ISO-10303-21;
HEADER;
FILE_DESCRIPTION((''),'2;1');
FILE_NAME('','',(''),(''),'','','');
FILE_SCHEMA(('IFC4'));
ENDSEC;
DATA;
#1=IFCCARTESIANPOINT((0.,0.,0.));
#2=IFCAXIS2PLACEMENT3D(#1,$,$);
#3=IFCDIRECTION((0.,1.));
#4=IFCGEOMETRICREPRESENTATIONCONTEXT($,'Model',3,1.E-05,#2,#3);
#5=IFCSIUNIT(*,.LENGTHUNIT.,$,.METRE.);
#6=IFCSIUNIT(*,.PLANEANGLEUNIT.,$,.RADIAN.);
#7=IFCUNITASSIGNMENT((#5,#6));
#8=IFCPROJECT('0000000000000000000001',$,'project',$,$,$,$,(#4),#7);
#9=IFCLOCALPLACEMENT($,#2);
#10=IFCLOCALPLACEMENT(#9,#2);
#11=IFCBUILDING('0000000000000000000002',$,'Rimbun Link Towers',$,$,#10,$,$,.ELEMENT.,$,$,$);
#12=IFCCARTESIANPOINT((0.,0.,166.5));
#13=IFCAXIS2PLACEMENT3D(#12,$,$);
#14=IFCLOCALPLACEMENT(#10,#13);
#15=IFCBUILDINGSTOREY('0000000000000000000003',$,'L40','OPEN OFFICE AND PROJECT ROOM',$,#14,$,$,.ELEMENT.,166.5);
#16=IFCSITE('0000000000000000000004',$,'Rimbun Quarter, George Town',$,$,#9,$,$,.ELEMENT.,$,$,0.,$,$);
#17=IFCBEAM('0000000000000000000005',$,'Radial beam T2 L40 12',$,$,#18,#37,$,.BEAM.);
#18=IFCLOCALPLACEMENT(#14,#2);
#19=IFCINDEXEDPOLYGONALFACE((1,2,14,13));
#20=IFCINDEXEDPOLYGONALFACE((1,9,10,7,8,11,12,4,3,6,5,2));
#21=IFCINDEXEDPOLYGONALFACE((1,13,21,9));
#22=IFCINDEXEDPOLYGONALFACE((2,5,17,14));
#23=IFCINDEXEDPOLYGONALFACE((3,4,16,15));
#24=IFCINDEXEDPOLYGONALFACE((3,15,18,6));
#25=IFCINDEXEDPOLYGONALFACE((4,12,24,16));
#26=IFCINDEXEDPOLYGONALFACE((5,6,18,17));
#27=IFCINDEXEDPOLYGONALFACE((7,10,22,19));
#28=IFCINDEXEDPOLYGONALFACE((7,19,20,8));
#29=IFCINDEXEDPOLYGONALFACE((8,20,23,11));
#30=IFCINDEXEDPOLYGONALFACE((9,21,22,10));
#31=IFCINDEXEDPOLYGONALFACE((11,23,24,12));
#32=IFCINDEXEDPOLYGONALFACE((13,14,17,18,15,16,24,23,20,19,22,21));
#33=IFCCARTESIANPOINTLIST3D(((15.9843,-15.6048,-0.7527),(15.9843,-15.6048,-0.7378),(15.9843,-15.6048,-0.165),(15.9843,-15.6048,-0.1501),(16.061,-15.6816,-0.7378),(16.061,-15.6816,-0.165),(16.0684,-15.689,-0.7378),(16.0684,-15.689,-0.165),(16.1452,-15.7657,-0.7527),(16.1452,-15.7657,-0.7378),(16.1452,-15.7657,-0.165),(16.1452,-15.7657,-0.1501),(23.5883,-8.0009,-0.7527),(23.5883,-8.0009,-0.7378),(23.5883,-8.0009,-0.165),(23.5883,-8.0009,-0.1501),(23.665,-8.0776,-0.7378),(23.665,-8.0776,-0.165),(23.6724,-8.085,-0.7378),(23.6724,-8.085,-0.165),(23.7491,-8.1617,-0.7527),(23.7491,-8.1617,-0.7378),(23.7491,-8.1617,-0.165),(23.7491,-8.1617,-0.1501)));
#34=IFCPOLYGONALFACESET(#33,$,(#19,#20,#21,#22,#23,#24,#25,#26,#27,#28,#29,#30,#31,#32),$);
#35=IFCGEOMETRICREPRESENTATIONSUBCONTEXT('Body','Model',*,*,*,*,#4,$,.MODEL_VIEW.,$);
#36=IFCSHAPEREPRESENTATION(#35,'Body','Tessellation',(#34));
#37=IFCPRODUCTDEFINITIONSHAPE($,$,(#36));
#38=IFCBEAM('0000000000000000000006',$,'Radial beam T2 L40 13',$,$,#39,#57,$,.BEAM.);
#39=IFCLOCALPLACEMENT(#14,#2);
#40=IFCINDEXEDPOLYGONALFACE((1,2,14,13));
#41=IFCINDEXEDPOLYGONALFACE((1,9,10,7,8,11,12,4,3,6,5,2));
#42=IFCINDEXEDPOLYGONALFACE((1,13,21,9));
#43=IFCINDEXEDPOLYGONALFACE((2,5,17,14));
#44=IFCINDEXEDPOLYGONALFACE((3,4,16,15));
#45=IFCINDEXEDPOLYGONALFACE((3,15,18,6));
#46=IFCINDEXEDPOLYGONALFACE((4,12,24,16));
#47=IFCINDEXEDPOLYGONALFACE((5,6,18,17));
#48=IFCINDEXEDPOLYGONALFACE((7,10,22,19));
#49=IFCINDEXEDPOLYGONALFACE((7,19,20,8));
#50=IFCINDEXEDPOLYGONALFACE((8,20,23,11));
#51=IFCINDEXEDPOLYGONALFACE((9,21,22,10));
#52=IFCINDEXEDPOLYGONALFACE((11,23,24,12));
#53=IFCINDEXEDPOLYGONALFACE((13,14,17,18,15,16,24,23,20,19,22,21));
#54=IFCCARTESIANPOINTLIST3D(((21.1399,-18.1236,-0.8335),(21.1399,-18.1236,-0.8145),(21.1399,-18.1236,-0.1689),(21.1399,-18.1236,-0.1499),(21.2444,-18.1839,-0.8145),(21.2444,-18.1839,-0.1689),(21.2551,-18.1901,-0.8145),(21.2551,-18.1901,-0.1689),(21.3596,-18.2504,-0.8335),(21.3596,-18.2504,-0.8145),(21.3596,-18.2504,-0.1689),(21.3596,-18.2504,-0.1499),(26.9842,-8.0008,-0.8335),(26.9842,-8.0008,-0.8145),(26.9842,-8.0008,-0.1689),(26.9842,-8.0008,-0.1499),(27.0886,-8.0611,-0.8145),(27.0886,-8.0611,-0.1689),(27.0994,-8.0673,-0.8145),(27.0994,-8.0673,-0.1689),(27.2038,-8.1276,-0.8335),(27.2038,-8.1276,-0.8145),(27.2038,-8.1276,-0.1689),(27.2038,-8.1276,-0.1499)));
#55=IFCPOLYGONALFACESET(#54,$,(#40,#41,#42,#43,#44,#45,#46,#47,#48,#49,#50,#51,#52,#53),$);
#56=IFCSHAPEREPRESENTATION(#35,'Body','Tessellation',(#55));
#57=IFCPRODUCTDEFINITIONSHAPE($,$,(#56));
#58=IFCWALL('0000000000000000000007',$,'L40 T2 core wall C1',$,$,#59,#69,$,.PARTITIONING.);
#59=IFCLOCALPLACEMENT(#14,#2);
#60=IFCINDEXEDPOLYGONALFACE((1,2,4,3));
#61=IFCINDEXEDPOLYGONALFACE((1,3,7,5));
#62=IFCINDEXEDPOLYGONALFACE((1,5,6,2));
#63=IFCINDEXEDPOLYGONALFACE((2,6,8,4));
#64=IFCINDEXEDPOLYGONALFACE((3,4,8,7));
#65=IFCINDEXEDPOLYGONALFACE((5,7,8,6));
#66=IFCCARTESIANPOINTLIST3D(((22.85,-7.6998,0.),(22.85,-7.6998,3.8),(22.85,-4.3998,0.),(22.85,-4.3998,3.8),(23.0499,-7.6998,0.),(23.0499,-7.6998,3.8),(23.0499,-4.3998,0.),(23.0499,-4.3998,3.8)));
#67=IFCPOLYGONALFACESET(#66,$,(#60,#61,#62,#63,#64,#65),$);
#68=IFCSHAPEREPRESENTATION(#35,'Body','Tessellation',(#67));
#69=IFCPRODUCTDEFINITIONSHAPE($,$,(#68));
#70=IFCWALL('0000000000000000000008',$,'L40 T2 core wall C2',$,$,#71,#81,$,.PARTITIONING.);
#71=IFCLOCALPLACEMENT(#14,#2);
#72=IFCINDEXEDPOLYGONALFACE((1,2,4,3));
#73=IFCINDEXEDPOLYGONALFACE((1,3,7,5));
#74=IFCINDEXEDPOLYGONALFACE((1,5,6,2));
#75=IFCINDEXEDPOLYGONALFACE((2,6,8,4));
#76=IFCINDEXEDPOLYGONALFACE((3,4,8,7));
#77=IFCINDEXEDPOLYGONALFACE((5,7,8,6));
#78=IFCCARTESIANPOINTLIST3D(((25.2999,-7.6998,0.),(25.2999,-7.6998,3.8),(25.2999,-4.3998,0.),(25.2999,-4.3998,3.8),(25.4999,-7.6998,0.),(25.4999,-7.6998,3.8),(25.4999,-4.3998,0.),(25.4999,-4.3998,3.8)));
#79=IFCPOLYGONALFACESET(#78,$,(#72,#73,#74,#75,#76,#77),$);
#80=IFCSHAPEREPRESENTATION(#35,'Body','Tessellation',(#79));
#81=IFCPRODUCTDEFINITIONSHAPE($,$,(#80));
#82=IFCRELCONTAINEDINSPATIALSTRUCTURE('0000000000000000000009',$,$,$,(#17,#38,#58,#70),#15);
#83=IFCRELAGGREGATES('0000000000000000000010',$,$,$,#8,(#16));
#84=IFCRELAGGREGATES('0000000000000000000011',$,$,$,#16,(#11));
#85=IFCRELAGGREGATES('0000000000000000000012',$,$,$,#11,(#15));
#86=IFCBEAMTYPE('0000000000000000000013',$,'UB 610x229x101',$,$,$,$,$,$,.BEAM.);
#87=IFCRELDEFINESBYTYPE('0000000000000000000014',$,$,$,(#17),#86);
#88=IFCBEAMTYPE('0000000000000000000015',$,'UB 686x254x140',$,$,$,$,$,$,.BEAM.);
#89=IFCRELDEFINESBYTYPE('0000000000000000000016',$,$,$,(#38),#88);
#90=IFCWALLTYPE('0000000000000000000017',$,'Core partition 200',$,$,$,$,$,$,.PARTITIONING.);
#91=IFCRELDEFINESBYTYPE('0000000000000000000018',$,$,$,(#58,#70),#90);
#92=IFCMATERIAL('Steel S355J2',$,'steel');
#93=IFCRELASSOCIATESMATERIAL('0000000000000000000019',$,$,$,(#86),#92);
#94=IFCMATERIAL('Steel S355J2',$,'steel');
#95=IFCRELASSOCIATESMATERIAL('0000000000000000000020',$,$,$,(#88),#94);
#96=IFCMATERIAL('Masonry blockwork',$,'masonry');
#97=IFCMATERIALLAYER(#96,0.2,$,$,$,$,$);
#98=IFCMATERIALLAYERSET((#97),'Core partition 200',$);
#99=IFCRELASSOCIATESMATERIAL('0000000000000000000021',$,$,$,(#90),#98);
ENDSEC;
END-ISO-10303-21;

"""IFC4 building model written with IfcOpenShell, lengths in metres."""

from ifc_helpers import new_model, si_unit, direction, frame, frame_2d, origin, origin_2d, place, context, subcontext, project, spatial, rectangle, i_section, extrude, material, layer, layer_set, material_profile, profile_set, type_object, element, save


model = new_model("IFC4")

# Units and contexts
model_context = context("Model", 3, precision=1e-05, world=origin(), true_north=direction((0.0, 1.0)))
body_context = subcontext(model_context, "Body", "Model", "MODEL_VIEW")
ifc_project = project(units=[si_unit("LENGTHUNIT", "METRE"), si_unit("PLANEANGLEUNIT", "RADIAN")], contexts=[model_context])

# Site, building, storey
site_placement = place(None, origin())
site = spatial("IfcSite", under=ifc_project, at=site_placement, Name="Rimbun Quarter, George Town", CompositionType="ELEMENT", RefElevation=0.0)
building_placement = place(site_placement, origin())
building = spatial("IfcBuilding", under=site, at=building_placement, Name="Rimbun Link Towers", CompositionType="ELEMENT")
storey_placement = place(building_placement, frame((0.0, 0.0, 166.5)))
storey = spatial("IfcBuildingStorey", under=building, at=storey_placement, Name="L40", Description="OPEN OFFICE AND PROJECT ROOM", CompositionType="ELEMENT", Elevation=166.5)

# Beams
ifc_material_1 = material(Name="Steel S355J2", Category="steel")
ifc_material_profile_1 = material_profile(ifc_material_1, i_section(OverallWidth=0.2275, OverallDepth=0.6025, WebThickness=0.0105, FlangeThickness=0.0149, at=origin_2d()), Name="UB 610x229x101")
ifc_profile_set_1 = profile_set([ifc_material_profile_1], Name="Steel S355J2")
beam_type_1 = type_object("IfcBeamType", Name="UB 610x229x101", PredefinedType="BEAM", material=ifc_profile_set_1)
beam_1_placement = place(storey_placement, frame((23.6687, -8.0813, -0.4514), z_axis=(-0.707107, -0.707107, 0.0), x_axis=(0.707107, -0.707107, 0.0)))
element("IfcBeam", 1, at=beam_1_placement, inside=storey, type_object=beam_type_1, Name="Radial beam T2 L40 12", PredefinedType="BEAM", context=body_context, shape_type="SweptSolid", body=[
    extrude(i_section(OverallWidth=0.2275, OverallDepth=0.6025, WebThickness=0.0105, FlangeThickness=0.0149, at=origin_2d()), origin(), (0.0, 0.0, 1.0), 10.7537),
])
ifc_material_2 = material(Name="Steel S355J2", Category="steel")
ifc_material_profile_2 = material_profile(ifc_material_2, i_section(OverallWidth=0.2537, OverallDepth=0.6836, WebThickness=0.0125, FlangeThickness=0.019, at=origin_2d()), Name="UB 686x254x140")
ifc_profile_set_2 = profile_set([ifc_material_profile_2], Name="Steel S355J2")
beam_type_2 = type_object("IfcBeamType", Name="UB 686x254x140", PredefinedType="BEAM", material=ifc_profile_set_2)
beam_2_placement = place(storey_placement, frame((27.094, -8.0642, -0.4917), z_axis=(-0.499989, -0.866032, 0.0), x_axis=(0.866032, -0.499989, 0.0)))
element("IfcBeam", 2, at=beam_2_placement, inside=storey, type_object=beam_type_2, Name="Radial beam T2 L40 13", PredefinedType="BEAM", context=body_context, shape_type="SweptSolid", body=[
    extrude(i_section(OverallWidth=0.2537, OverallDepth=0.6836, WebThickness=0.0125, FlangeThickness=0.019, at=origin_2d()), origin(), (0.0, 0.0, 1.0), 11.6887),
])

# Walls
ifc_material_3 = material(Name="Masonry blockwork", Category="masonry")
ifc_layer_1 = layer(ifc_material_3, 0.2)
ifc_layer_set_1 = layer_set([ifc_layer_1], Name="Core partition 200")
wall_type_1 = type_object("IfcWallType", Name="Core partition 200", PredefinedType="PARTITIONING", material=ifc_layer_set_1)
for number, where, z_axis, x_axis, name in (
    (3, (22.95, -4.3999, 0.0), (0.0, 0.0, 1.0), (0.0, -1.0, 0.0), "L40 T2 core wall C1"),
    (4, (25.3999, -4.3999, 0.0), (0.0, 0.0, 1.0), (0.0, -1.0, 0.0), "L40 T2 core wall C2"),
):
    element("IfcWall", number, at=place(storey_placement, frame(where, z_axis=z_axis, x_axis=x_axis)), inside=storey, type_object=wall_type_1, Name=name, PredefinedType="PARTITIONING", context=body_context, shape_type="SweptSolid", body=[
        extrude(rectangle(XDim=3.3, YDim=0.2, at=frame_2d((1.6499, 0.0))), origin(), (0.0, 0.0, 1.0), 3.8),
    ])

save(model, "model.ifc")
